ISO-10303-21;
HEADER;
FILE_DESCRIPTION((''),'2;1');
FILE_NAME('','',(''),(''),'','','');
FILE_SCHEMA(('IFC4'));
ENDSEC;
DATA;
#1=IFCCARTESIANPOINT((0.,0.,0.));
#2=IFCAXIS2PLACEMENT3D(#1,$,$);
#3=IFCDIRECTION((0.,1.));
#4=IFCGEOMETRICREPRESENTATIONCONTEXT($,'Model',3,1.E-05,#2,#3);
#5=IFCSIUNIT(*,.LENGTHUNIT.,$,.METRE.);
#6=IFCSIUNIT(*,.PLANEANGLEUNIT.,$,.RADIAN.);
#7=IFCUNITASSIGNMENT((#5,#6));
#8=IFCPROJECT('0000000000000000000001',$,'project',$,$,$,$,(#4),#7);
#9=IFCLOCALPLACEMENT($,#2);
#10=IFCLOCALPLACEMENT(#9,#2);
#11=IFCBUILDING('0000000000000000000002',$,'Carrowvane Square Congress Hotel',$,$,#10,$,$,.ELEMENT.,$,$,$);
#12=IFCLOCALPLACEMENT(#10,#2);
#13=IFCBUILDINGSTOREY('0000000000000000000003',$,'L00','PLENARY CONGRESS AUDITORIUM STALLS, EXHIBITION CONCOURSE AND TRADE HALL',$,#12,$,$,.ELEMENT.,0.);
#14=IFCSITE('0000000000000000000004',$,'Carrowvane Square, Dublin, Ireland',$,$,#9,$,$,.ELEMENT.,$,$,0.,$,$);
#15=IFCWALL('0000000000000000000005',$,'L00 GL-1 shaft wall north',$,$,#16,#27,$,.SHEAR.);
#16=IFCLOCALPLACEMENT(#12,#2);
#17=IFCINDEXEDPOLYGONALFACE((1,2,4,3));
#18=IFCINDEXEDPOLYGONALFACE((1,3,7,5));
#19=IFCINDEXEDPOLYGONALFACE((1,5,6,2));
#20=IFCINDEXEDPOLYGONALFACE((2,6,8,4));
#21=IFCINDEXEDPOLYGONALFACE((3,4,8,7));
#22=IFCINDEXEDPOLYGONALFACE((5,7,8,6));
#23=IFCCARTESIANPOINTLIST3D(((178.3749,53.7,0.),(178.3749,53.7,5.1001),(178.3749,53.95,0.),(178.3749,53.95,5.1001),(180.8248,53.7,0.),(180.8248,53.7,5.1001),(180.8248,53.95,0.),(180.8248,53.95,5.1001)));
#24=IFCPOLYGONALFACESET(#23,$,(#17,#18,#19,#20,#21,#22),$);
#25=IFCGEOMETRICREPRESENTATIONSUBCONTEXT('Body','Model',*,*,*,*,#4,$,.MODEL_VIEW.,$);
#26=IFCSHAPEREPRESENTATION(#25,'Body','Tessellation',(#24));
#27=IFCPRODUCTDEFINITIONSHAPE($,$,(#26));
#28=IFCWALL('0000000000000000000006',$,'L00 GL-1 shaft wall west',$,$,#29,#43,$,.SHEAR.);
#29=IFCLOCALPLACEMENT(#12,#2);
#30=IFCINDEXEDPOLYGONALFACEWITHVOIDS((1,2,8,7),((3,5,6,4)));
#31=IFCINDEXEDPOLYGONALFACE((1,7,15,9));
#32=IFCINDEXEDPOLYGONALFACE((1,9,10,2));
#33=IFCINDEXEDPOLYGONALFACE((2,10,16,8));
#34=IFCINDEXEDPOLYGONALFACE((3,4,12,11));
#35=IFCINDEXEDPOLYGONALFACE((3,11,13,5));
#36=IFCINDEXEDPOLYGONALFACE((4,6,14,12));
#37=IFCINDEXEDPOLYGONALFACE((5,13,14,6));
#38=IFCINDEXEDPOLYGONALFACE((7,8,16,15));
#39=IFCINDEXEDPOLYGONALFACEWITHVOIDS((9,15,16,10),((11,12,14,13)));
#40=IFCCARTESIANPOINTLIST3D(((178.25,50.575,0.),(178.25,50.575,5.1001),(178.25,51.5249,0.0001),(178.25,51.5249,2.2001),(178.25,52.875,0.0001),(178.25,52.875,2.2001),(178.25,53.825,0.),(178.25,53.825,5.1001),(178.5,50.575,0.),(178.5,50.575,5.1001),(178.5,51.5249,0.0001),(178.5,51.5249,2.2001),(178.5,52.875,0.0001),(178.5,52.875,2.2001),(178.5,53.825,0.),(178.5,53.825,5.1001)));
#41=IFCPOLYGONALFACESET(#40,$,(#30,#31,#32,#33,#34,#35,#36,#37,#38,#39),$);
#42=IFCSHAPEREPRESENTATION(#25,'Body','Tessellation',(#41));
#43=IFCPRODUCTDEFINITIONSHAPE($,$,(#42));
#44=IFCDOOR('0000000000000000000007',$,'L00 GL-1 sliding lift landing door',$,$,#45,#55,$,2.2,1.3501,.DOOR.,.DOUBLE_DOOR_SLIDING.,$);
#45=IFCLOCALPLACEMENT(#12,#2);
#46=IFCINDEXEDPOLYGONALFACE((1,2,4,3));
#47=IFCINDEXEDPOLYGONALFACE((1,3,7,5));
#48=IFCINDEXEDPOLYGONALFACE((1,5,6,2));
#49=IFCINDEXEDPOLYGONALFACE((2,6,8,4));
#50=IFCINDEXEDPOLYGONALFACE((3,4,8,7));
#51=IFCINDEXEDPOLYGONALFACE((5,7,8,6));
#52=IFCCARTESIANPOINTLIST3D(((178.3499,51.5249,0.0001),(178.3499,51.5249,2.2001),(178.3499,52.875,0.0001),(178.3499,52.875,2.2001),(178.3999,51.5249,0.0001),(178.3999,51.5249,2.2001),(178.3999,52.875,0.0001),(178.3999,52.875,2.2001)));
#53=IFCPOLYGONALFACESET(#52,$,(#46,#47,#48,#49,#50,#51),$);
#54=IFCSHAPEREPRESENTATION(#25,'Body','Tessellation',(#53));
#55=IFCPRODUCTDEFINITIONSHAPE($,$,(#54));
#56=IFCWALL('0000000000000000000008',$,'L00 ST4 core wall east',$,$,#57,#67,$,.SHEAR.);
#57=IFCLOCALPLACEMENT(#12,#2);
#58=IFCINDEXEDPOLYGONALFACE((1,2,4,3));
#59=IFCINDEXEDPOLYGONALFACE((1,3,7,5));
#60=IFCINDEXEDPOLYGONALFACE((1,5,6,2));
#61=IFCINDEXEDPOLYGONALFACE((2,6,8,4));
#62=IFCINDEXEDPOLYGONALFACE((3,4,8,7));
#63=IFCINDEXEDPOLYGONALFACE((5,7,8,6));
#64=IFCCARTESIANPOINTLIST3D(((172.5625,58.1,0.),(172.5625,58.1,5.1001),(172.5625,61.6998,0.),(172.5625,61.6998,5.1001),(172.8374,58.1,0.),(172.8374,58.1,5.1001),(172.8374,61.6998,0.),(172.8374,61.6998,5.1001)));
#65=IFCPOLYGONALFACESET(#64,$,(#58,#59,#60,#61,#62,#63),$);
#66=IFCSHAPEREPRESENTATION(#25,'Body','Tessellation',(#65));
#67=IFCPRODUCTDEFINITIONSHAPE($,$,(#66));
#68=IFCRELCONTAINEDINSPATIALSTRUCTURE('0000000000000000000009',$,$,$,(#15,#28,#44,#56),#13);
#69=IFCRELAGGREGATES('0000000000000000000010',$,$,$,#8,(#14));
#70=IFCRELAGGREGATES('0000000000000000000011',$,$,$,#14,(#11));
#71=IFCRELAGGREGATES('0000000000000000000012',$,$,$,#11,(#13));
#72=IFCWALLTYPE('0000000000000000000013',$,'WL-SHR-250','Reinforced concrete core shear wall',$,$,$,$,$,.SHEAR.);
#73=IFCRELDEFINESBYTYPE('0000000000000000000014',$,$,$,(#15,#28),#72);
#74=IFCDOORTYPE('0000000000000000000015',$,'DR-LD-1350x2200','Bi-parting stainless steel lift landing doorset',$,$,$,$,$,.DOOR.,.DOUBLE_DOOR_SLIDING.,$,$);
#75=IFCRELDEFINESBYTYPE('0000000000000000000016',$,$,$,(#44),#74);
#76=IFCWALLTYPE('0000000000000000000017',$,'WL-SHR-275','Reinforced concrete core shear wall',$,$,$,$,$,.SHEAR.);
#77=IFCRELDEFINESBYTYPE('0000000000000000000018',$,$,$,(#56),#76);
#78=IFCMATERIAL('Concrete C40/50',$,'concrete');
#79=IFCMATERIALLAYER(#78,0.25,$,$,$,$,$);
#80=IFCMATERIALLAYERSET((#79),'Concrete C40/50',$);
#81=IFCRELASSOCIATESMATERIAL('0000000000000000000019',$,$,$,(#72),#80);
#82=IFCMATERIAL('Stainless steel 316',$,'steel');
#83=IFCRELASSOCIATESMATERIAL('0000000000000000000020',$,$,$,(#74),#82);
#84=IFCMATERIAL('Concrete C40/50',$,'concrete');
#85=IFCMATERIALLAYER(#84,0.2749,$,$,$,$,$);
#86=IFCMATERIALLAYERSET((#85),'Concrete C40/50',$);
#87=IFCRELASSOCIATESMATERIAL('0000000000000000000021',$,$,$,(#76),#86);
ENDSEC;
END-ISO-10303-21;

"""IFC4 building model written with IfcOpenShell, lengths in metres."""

from ifc_helpers import new_model, si_unit, direction, frame, frame_2d, origin, place, context, subcontext, project, spatial, rectangle, extrude, material, layer, layer_set, type_object, element, fill, save


model = new_model("IFC4")

# Units and contexts
model_context = context("Model", 3, precision=1e-05, world=origin(), true_north=direction((0.0, 1.0)))
body_context = subcontext(model_context, "Body", "Model", "MODEL_VIEW")
ifc_project = project(units=[si_unit("LENGTHUNIT", "METRE"), si_unit("PLANEANGLEUNIT", "RADIAN")], contexts=[model_context])

# Site, building, storey
site_placement = place(None, origin())
site = spatial("IfcSite", under=ifc_project, at=site_placement, Name="Carrowvane Square, Dublin, Ireland", CompositionType="ELEMENT", RefElevation=0.0)
building_placement = place(site_placement, origin())
building = spatial("IfcBuilding", under=site, at=building_placement, Name="Carrowvane Square Congress Hotel", CompositionType="ELEMENT")
storey_placement = place(building_placement, origin())
storey = spatial("IfcBuildingStorey", under=building, at=storey_placement, Name="L00", Description="PLENARY CONGRESS AUDITORIUM STALLS, EXHIBITION CONCOURSE AND TRADE HALL", CompositionType="ELEMENT", Elevation=0.0)

# Wall
ifc_material_1 = material(Name="Concrete C40/50", Category="concrete")
ifc_layer_1 = layer(ifc_material_1, 0.25)
ifc_layer_set_1 = layer_set([ifc_layer_1], Name="Concrete C40/50")
wall_type_1 = type_object("IfcWallType", Name="WL-SHR-250", Description="Reinforced concrete core shear wall", PredefinedType="SHEAR", material=ifc_layer_set_1)
wall_1_placement = place(storey_placement, frame((180.825, 53.825, 0.0), z_axis=(0.0, 0.0, 1.0), x_axis=(-1.0, 0.0, 0.0)))
element("IfcWall", 1, at=wall_1_placement, inside=storey, type_object=wall_type_1, Name="L00 GL-1 shaft wall north", PredefinedType="SHEAR", context=body_context, shape_type="SweptSolid", body=[
    extrude(rectangle(XDim=2.45, YDim=0.25, at=frame_2d((1.2251, 0.0))), origin(), (0.0, 0.0, 1.0), 5.1001),
])

# Wall, opening, door
wall_2_placement = place(storey_placement, frame((178.375, 53.825, 0.0), z_axis=(0.0, 0.0, 1.0), x_axis=(0.0, -1.0, 0.0)))
wall_2 = element("IfcWall", 2, at=wall_2_placement, inside=storey, type_object=wall_type_1, Name="L00 GL-1 shaft wall west", PredefinedType="SHEAR", context=body_context, shape_type="SweptSolid", body=[
    extrude(rectangle(XDim=3.25, YDim=0.25, at=frame_2d((1.625, 0.0))), origin(), (0.0, 0.0, 1.0), 5.1001),
])
opening_1_placement = place(wall_2_placement, frame((0.95, 0.0, 0.0)))
opening_1 = element("IfcOpeningElement", 3, at=opening_1_placement, cuts=wall_2, PredefinedType="OPENING", context=body_context, shape_type="SweptSolid", body=[
    extrude(rectangle(XDim=1.3501, YDim=2.2, at=frame_2d((0.675, 1.1001))), frame((0.0, 0.135, 0.0), z_axis=(0.0, -1.0, 0.0), x_axis=(1.0, 0.0, 0.0)), (0.0, 0.0, 1.0), 0.27),
])
ifc_material_2 = material(Name="Stainless steel 316", Category="steel")
door_type_1 = type_object("IfcDoorType", Name="DR-LD-1350x2200", Description="Bi-parting stainless steel lift landing doorset", OperationType="DOUBLE_DOOR_SLIDING", PredefinedType="DOOR", material=ifc_material_2)
door_1_placement = place(opening_1_placement, origin())
door_1 = element("IfcDoor", 4, at=door_1_placement, inside=storey, type_object=door_type_1, Name="L00 GL-1 sliding lift landing door", OperationType="DOUBLE_DOOR_SLIDING", OverallHeight=2.2, OverallWidth=1.3501, PredefinedType="DOOR", context=body_context, shape_type="SweptSolid", body=[
    extrude(rectangle(XDim=1.3501, YDim=2.2, at=frame_2d((0.675, 1.1001))), frame((0.0, 0.0249, 0.0), z_axis=(0.0, -1.0, 0.0), x_axis=(1.0, 0.0, 0.0)), (0.0, 0.0, 1.0), 0.05),
])
fill(opening_1, door_1)

# Wall
ifc_material_3 = material(Name="Concrete C40/50", Category="concrete")
ifc_layer_2 = layer(ifc_material_3, 0.2749)
ifc_layer_set_2 = layer_set([ifc_layer_2], Name="Concrete C40/50")
wall_type_2 = type_object("IfcWallType", Name="WL-SHR-275", Description="Reinforced concrete core shear wall", PredefinedType="SHEAR", material=ifc_layer_set_2)
wall_3_placement = place(storey_placement, frame((172.7, 58.1001, 0.0), z_axis=(0.0, 0.0, 1.0), x_axis=(0.0, 1.0, 0.0)))
element("IfcWall", 5, at=wall_3_placement, inside=storey, type_object=wall_type_2, Name="L00 ST4 core wall east", PredefinedType="SHEAR", context=body_context, shape_type="SweptSolid", body=[
    extrude(rectangle(XDim=3.5999, YDim=0.2749, at=frame_2d((1.7998, 0.0))), origin(), (0.0, 0.0, 1.0), 5.1001),
])

save(model, "model.ifc")
